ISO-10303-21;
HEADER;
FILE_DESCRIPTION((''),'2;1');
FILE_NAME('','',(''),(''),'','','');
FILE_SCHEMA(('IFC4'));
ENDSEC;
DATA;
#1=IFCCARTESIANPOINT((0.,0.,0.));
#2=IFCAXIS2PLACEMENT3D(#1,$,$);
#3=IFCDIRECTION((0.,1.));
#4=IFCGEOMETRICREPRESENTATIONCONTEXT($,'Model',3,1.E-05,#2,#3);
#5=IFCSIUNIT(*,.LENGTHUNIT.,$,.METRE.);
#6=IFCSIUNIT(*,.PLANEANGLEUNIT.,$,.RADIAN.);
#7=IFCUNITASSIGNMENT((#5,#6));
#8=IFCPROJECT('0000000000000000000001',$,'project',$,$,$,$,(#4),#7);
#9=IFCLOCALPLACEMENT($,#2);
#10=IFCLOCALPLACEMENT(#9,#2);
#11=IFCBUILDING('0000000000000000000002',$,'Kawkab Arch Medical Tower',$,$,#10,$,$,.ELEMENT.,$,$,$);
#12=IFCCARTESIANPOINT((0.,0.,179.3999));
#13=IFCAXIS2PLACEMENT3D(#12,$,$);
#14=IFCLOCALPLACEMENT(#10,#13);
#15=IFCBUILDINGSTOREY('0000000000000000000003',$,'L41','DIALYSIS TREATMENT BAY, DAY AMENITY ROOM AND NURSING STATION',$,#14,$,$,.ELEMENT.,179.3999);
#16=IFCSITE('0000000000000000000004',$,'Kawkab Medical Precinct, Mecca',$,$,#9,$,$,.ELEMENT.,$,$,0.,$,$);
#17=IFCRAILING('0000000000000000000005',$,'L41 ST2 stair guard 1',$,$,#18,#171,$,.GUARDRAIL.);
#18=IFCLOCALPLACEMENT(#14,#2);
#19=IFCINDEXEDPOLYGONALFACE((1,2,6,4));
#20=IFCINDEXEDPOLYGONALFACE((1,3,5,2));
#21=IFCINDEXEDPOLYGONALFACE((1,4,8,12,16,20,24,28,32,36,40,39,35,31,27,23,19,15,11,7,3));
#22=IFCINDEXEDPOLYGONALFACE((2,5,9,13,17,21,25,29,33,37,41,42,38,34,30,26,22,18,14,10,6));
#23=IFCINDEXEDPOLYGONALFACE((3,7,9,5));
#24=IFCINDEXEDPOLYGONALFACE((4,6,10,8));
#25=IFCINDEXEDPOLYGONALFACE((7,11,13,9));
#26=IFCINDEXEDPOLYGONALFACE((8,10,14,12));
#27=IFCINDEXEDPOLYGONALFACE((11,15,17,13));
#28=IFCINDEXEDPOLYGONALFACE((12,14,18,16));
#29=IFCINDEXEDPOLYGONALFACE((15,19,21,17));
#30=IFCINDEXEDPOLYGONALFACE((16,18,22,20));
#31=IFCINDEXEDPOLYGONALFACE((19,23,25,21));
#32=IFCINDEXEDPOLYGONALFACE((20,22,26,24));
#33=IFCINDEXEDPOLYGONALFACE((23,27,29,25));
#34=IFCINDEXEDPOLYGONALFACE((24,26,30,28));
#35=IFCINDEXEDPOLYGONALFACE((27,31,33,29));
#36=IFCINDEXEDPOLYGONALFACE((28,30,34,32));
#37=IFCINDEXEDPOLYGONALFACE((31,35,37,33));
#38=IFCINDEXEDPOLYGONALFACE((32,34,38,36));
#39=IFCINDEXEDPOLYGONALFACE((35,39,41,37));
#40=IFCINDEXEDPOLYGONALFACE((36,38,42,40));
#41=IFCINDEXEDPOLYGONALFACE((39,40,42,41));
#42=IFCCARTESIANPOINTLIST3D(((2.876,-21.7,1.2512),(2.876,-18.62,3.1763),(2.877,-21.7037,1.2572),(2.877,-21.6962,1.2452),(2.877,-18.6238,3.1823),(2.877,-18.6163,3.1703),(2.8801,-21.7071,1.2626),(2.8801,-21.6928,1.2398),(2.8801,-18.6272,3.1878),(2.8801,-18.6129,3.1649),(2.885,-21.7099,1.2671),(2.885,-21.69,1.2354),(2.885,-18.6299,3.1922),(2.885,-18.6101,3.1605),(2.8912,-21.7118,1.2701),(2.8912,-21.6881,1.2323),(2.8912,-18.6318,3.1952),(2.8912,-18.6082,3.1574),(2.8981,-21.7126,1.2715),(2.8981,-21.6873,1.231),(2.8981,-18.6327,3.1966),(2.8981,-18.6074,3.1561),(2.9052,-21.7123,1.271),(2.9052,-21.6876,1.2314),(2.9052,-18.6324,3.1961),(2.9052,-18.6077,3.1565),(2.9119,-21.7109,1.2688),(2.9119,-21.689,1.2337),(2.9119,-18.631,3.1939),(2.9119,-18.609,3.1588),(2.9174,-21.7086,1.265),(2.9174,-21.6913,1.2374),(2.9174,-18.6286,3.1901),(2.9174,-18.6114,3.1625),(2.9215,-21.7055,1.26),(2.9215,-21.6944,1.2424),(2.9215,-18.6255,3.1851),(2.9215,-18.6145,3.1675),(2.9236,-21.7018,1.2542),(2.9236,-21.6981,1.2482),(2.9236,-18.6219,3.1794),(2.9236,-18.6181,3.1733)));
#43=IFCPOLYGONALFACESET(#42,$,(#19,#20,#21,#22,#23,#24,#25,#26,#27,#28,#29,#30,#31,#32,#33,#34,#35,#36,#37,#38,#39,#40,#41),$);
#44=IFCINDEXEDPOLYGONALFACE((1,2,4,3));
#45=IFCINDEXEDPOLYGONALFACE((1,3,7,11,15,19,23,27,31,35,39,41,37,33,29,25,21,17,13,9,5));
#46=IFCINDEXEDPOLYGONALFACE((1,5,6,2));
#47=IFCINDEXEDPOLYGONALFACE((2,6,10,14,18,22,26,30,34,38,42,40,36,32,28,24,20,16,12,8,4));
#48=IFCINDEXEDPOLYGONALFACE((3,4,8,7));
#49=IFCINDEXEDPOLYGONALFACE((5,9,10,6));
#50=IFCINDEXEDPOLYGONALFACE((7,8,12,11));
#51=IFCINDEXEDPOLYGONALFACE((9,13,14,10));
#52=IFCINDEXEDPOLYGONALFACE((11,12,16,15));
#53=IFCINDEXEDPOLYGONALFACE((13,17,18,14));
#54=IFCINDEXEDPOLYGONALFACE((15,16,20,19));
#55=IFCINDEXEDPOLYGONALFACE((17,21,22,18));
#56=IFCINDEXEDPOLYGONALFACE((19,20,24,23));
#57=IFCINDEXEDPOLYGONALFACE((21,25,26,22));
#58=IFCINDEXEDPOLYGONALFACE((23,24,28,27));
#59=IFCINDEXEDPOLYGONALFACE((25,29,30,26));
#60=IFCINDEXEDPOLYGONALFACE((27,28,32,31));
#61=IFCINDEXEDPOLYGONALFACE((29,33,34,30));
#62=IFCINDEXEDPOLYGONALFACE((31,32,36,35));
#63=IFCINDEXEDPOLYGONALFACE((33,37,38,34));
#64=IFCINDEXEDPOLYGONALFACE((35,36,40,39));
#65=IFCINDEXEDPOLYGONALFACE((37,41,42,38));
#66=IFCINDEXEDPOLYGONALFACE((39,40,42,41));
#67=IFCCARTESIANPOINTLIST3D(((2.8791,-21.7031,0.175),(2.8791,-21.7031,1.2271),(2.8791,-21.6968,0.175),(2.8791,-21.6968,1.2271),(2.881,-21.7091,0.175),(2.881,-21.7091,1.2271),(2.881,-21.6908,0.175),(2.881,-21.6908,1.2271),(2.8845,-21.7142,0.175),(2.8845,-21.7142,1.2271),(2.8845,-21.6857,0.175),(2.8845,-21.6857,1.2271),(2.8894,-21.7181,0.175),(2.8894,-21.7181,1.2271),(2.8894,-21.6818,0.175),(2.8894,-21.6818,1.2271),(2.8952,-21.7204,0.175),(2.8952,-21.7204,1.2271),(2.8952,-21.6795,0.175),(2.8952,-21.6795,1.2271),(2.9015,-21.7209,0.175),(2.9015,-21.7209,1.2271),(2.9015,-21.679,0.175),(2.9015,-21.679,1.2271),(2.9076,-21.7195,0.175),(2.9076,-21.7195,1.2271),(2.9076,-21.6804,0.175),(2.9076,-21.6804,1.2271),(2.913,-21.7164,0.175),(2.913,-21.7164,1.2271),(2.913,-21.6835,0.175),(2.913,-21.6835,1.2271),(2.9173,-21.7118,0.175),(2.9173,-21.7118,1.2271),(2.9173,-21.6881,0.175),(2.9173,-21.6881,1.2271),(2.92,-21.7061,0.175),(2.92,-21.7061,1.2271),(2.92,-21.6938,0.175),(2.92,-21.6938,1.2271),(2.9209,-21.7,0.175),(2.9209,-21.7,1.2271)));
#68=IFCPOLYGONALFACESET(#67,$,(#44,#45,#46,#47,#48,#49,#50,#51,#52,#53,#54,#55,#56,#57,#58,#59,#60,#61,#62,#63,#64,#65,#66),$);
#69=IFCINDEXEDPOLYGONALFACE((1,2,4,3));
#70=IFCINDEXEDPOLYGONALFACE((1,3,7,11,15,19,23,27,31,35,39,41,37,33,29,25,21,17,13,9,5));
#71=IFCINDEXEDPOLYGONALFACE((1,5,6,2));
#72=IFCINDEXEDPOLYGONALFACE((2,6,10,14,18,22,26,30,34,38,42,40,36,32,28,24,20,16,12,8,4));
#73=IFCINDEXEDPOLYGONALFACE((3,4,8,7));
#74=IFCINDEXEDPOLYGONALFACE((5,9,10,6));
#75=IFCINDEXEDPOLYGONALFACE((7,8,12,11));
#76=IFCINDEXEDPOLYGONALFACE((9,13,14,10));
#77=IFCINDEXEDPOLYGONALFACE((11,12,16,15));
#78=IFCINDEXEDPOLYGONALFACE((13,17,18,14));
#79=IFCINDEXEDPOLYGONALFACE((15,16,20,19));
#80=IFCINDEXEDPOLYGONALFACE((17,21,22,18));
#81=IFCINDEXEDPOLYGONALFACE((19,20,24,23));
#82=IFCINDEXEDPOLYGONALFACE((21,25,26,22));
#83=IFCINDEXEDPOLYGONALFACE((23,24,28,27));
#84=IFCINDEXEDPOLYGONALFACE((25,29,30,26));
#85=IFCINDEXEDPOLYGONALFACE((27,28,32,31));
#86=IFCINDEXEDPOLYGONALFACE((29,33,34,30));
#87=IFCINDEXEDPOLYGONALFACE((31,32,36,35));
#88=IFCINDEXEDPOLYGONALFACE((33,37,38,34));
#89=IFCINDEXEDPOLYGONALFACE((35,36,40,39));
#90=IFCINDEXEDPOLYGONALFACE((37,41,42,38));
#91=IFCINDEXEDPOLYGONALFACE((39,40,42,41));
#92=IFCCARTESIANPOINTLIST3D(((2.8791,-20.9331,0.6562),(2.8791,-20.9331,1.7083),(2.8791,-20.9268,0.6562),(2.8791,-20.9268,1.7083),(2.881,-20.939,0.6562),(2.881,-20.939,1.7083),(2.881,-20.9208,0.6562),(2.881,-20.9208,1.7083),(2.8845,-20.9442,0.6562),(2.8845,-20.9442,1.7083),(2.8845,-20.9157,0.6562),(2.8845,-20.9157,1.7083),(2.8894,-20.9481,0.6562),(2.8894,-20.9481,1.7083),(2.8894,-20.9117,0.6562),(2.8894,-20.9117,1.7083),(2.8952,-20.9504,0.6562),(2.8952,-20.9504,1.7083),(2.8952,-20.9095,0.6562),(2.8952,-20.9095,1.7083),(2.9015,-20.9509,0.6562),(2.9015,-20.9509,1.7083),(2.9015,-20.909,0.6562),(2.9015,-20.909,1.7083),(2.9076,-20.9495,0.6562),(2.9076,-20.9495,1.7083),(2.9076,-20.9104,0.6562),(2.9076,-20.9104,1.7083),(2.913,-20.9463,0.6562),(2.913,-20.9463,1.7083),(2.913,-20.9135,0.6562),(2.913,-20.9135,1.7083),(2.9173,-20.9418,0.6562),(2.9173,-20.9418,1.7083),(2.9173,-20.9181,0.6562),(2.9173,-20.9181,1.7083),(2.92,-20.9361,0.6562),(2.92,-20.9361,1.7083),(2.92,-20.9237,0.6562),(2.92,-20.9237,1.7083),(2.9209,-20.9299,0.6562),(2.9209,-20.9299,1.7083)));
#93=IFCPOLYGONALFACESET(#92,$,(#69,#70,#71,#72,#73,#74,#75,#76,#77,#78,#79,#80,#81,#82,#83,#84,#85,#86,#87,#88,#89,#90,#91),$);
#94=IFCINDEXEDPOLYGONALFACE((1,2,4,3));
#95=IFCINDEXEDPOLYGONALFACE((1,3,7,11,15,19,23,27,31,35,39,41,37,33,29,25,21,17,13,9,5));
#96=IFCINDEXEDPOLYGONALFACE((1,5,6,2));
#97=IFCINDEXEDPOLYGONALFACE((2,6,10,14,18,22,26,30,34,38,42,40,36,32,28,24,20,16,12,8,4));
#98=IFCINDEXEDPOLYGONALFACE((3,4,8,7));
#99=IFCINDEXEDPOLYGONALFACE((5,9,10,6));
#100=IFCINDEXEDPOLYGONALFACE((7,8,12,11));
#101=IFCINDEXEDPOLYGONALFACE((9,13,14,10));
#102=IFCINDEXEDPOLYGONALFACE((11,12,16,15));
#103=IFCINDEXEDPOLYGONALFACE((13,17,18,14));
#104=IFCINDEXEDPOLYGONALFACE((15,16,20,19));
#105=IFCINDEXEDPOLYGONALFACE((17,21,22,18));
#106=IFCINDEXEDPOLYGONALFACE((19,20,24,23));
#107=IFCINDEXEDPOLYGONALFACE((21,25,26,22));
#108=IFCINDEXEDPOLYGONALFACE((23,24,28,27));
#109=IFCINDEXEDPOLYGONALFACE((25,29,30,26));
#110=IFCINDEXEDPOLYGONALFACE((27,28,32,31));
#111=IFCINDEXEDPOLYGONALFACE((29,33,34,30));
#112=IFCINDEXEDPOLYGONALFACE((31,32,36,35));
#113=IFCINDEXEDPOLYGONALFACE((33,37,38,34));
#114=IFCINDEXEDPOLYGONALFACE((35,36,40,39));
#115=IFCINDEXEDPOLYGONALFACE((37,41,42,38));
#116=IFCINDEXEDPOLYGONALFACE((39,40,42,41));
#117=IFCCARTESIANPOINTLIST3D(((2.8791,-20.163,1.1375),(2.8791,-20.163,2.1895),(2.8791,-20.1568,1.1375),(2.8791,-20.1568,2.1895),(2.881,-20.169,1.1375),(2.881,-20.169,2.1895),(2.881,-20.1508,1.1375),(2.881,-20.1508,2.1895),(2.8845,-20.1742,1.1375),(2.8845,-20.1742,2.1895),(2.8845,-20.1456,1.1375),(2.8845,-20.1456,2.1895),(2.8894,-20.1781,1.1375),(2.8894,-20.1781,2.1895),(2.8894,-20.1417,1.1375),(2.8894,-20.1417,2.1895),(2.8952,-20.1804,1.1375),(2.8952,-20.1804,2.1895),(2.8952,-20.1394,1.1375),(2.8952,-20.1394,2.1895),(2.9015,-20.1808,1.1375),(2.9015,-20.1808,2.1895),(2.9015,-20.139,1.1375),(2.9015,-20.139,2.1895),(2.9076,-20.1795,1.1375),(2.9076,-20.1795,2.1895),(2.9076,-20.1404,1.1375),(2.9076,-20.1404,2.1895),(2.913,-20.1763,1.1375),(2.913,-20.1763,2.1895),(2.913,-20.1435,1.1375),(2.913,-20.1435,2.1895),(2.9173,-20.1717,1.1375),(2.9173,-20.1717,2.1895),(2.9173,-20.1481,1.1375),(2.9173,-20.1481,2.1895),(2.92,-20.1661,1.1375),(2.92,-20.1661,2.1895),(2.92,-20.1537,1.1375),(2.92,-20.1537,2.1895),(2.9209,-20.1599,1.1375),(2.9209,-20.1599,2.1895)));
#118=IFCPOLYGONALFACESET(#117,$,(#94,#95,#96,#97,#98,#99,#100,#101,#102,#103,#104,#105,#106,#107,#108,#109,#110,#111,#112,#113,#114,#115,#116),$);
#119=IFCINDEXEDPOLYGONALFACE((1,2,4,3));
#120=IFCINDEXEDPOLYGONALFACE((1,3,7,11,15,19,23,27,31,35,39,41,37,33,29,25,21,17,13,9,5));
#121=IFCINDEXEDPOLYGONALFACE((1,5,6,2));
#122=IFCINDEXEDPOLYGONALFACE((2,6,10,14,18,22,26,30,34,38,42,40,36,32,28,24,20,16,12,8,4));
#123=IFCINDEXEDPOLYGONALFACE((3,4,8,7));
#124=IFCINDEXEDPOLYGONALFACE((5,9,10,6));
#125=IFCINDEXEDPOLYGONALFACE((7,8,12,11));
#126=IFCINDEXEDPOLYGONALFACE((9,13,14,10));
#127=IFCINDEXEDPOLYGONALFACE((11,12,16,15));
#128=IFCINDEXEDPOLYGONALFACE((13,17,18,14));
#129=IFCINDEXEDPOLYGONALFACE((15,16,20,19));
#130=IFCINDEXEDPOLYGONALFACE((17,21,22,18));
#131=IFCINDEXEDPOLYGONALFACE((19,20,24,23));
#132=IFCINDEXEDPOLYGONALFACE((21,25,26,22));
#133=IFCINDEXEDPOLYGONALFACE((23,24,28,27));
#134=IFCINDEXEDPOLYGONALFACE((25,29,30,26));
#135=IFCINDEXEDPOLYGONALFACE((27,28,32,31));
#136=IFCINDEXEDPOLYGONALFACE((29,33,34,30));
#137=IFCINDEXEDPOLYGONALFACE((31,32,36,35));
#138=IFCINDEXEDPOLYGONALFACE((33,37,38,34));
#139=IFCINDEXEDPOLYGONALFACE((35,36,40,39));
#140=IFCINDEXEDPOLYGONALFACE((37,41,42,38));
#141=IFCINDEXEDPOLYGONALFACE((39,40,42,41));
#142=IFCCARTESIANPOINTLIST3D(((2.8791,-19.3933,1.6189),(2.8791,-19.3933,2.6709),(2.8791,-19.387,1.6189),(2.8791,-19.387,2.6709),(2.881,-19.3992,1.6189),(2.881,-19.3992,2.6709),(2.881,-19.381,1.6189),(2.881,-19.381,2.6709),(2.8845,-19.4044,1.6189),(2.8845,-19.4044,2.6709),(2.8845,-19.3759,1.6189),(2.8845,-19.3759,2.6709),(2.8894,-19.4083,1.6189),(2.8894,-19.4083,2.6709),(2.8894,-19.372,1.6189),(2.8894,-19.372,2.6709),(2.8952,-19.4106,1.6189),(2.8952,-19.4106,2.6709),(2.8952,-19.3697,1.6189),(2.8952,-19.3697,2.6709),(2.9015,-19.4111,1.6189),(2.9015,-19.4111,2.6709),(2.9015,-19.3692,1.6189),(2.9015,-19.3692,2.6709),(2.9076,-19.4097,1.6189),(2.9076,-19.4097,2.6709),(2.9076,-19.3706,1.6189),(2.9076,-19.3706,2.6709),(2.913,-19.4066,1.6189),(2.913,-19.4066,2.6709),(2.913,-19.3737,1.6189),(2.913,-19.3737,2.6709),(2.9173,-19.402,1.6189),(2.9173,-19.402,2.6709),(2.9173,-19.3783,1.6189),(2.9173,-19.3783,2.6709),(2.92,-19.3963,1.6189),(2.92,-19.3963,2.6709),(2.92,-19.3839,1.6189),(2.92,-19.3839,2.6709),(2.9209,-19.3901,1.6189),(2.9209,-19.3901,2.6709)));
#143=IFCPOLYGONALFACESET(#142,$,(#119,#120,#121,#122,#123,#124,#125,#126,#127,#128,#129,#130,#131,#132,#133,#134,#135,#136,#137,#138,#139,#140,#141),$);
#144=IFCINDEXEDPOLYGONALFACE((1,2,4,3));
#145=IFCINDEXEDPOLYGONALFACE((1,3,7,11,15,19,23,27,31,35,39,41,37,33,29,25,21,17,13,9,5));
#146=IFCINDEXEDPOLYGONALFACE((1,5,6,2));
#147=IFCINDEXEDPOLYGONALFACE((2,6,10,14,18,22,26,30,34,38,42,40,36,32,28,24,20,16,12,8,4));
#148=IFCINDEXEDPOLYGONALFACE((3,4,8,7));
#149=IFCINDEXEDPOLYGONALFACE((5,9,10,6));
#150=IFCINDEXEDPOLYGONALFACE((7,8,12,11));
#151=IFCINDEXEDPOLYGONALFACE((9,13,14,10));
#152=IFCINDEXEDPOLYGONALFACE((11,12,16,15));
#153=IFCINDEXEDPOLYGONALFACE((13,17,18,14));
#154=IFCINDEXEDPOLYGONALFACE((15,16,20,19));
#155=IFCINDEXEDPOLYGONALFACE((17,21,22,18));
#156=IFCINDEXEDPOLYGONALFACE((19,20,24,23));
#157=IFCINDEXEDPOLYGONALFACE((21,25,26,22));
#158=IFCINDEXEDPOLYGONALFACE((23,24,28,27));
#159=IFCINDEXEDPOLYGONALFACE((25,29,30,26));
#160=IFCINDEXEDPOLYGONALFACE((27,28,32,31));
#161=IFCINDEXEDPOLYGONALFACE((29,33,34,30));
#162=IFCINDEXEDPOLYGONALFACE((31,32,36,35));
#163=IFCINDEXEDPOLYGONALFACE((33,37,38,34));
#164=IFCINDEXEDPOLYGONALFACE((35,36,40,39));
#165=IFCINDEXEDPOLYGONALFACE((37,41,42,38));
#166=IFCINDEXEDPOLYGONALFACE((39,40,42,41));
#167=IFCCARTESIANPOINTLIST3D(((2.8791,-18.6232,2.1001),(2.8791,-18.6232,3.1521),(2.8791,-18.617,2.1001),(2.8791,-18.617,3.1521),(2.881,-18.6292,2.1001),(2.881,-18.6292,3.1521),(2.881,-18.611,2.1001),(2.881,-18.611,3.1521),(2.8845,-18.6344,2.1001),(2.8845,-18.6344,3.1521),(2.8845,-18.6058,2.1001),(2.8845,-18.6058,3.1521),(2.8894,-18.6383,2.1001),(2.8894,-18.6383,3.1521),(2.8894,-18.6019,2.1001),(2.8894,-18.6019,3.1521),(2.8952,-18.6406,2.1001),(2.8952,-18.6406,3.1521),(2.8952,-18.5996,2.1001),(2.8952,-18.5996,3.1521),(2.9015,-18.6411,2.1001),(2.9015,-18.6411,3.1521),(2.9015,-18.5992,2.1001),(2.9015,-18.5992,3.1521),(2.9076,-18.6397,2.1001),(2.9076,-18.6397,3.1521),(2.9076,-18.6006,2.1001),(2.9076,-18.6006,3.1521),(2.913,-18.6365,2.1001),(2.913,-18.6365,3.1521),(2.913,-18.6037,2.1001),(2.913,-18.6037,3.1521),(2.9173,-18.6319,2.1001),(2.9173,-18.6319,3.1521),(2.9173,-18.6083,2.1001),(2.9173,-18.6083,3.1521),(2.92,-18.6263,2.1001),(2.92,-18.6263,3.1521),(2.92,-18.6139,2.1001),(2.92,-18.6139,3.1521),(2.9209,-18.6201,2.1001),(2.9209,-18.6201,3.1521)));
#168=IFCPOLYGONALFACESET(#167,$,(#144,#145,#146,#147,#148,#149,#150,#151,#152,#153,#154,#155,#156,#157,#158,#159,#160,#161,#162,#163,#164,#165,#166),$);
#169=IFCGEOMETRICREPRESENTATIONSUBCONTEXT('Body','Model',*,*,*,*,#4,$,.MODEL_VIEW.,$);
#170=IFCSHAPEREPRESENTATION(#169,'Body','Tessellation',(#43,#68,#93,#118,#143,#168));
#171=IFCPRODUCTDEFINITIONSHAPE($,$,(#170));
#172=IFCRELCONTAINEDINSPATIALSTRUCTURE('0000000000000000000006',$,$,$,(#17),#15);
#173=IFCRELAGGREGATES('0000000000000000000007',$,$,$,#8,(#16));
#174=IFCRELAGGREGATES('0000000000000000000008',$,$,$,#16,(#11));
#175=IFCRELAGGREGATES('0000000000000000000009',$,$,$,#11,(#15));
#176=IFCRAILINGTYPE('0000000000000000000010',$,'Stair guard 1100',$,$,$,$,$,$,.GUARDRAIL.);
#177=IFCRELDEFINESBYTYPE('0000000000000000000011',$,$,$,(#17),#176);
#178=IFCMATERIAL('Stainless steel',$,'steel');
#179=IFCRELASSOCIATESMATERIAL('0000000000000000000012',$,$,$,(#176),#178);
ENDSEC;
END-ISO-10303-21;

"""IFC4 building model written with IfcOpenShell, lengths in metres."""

from ifc_helpers import new_model, si_unit, direction, frame, origin, origin_2d, place, context, subcontext, project, spatial, circle, extrude, material, type_object, element, save


model = new_model("IFC4")

# Units and contexts
model_context = context("Model", 3, precision=1e-05, world=origin(), true_north=direction((0.0, 1.0)))
body_context = subcontext(model_context, "Body", "Model", "MODEL_VIEW")
ifc_project = project(units=[si_unit("LENGTHUNIT", "METRE"), si_unit("PLANEANGLEUNIT", "RADIAN")], contexts=[model_context])

# Site, building, storey
site_placement = place(None, origin())
site = spatial("IfcSite", under=ifc_project, at=site_placement, Name="Kawkab Medical Precinct, Mecca", CompositionType="ELEMENT", RefElevation=0.0)
building_placement = place(site_placement, origin())
building = spatial("IfcBuilding", under=site, at=building_placement, Name="Kawkab Arch Medical Tower", CompositionType="ELEMENT")
storey_placement = place(building_placement, frame((0.0, 0.0, 179.3999)))
storey = spatial("IfcBuildingStorey", under=building, at=storey_placement, Name="L41", Description="DIALYSIS TREATMENT BAY, DAY AMENITY ROOM AND NURSING STATION", CompositionType="ELEMENT", Elevation=179.3999)

# Railing
ifc_material_1 = material(Name="Stainless steel", Category="steel")
railing_type = type_object("IfcRailingType", Name="Stair guard 1100", PredefinedType="GUARDRAIL", material=ifc_material_1)
railing_1_placement = place(storey_placement, frame((2.8999, -21.7, 0.175)))
element("IfcRailing", 1, at=railing_1_placement, inside=storey, type_object=railing_type, Name="L41 ST2 stair guard 1", PredefinedType="GUARDRAIL", context=body_context, shape_type="SweptSolid", body=[
    extrude(circle(Radius=0.0239, at=origin_2d()), frame((0.0, 0.0, 1.0762), z_axis=(0.0, 0.847979, 0.530029), x_axis=(-1.0, 0.0, 0.0)), (0.0, 0.0, 1.0), 3.6321),
    extrude(circle(Radius=0.021, at=origin_2d()), origin(), (0.0, 0.0, 1.0), 1.052),
    extrude(circle(Radius=0.021, at=origin_2d()), frame((0.0, 0.77, 0.4812)), (0.0, 0.0, 1.0), 1.052),
    extrude(circle(Radius=0.021, at=origin_2d()), frame((0.0, 1.54, 0.9624)), (0.0, 0.0, 1.0), 1.052),
    extrude(circle(Radius=0.021, at=origin_2d()), frame((0.0, 2.3098, 1.4438)), (0.0, 0.0, 1.0), 1.052),
    extrude(circle(Radius=0.021, at=origin_2d()), frame((0.0, 3.0798, 1.925)), (0.0, 0.0, 1.0), 1.052),
])

save(model, "model.ifc")
